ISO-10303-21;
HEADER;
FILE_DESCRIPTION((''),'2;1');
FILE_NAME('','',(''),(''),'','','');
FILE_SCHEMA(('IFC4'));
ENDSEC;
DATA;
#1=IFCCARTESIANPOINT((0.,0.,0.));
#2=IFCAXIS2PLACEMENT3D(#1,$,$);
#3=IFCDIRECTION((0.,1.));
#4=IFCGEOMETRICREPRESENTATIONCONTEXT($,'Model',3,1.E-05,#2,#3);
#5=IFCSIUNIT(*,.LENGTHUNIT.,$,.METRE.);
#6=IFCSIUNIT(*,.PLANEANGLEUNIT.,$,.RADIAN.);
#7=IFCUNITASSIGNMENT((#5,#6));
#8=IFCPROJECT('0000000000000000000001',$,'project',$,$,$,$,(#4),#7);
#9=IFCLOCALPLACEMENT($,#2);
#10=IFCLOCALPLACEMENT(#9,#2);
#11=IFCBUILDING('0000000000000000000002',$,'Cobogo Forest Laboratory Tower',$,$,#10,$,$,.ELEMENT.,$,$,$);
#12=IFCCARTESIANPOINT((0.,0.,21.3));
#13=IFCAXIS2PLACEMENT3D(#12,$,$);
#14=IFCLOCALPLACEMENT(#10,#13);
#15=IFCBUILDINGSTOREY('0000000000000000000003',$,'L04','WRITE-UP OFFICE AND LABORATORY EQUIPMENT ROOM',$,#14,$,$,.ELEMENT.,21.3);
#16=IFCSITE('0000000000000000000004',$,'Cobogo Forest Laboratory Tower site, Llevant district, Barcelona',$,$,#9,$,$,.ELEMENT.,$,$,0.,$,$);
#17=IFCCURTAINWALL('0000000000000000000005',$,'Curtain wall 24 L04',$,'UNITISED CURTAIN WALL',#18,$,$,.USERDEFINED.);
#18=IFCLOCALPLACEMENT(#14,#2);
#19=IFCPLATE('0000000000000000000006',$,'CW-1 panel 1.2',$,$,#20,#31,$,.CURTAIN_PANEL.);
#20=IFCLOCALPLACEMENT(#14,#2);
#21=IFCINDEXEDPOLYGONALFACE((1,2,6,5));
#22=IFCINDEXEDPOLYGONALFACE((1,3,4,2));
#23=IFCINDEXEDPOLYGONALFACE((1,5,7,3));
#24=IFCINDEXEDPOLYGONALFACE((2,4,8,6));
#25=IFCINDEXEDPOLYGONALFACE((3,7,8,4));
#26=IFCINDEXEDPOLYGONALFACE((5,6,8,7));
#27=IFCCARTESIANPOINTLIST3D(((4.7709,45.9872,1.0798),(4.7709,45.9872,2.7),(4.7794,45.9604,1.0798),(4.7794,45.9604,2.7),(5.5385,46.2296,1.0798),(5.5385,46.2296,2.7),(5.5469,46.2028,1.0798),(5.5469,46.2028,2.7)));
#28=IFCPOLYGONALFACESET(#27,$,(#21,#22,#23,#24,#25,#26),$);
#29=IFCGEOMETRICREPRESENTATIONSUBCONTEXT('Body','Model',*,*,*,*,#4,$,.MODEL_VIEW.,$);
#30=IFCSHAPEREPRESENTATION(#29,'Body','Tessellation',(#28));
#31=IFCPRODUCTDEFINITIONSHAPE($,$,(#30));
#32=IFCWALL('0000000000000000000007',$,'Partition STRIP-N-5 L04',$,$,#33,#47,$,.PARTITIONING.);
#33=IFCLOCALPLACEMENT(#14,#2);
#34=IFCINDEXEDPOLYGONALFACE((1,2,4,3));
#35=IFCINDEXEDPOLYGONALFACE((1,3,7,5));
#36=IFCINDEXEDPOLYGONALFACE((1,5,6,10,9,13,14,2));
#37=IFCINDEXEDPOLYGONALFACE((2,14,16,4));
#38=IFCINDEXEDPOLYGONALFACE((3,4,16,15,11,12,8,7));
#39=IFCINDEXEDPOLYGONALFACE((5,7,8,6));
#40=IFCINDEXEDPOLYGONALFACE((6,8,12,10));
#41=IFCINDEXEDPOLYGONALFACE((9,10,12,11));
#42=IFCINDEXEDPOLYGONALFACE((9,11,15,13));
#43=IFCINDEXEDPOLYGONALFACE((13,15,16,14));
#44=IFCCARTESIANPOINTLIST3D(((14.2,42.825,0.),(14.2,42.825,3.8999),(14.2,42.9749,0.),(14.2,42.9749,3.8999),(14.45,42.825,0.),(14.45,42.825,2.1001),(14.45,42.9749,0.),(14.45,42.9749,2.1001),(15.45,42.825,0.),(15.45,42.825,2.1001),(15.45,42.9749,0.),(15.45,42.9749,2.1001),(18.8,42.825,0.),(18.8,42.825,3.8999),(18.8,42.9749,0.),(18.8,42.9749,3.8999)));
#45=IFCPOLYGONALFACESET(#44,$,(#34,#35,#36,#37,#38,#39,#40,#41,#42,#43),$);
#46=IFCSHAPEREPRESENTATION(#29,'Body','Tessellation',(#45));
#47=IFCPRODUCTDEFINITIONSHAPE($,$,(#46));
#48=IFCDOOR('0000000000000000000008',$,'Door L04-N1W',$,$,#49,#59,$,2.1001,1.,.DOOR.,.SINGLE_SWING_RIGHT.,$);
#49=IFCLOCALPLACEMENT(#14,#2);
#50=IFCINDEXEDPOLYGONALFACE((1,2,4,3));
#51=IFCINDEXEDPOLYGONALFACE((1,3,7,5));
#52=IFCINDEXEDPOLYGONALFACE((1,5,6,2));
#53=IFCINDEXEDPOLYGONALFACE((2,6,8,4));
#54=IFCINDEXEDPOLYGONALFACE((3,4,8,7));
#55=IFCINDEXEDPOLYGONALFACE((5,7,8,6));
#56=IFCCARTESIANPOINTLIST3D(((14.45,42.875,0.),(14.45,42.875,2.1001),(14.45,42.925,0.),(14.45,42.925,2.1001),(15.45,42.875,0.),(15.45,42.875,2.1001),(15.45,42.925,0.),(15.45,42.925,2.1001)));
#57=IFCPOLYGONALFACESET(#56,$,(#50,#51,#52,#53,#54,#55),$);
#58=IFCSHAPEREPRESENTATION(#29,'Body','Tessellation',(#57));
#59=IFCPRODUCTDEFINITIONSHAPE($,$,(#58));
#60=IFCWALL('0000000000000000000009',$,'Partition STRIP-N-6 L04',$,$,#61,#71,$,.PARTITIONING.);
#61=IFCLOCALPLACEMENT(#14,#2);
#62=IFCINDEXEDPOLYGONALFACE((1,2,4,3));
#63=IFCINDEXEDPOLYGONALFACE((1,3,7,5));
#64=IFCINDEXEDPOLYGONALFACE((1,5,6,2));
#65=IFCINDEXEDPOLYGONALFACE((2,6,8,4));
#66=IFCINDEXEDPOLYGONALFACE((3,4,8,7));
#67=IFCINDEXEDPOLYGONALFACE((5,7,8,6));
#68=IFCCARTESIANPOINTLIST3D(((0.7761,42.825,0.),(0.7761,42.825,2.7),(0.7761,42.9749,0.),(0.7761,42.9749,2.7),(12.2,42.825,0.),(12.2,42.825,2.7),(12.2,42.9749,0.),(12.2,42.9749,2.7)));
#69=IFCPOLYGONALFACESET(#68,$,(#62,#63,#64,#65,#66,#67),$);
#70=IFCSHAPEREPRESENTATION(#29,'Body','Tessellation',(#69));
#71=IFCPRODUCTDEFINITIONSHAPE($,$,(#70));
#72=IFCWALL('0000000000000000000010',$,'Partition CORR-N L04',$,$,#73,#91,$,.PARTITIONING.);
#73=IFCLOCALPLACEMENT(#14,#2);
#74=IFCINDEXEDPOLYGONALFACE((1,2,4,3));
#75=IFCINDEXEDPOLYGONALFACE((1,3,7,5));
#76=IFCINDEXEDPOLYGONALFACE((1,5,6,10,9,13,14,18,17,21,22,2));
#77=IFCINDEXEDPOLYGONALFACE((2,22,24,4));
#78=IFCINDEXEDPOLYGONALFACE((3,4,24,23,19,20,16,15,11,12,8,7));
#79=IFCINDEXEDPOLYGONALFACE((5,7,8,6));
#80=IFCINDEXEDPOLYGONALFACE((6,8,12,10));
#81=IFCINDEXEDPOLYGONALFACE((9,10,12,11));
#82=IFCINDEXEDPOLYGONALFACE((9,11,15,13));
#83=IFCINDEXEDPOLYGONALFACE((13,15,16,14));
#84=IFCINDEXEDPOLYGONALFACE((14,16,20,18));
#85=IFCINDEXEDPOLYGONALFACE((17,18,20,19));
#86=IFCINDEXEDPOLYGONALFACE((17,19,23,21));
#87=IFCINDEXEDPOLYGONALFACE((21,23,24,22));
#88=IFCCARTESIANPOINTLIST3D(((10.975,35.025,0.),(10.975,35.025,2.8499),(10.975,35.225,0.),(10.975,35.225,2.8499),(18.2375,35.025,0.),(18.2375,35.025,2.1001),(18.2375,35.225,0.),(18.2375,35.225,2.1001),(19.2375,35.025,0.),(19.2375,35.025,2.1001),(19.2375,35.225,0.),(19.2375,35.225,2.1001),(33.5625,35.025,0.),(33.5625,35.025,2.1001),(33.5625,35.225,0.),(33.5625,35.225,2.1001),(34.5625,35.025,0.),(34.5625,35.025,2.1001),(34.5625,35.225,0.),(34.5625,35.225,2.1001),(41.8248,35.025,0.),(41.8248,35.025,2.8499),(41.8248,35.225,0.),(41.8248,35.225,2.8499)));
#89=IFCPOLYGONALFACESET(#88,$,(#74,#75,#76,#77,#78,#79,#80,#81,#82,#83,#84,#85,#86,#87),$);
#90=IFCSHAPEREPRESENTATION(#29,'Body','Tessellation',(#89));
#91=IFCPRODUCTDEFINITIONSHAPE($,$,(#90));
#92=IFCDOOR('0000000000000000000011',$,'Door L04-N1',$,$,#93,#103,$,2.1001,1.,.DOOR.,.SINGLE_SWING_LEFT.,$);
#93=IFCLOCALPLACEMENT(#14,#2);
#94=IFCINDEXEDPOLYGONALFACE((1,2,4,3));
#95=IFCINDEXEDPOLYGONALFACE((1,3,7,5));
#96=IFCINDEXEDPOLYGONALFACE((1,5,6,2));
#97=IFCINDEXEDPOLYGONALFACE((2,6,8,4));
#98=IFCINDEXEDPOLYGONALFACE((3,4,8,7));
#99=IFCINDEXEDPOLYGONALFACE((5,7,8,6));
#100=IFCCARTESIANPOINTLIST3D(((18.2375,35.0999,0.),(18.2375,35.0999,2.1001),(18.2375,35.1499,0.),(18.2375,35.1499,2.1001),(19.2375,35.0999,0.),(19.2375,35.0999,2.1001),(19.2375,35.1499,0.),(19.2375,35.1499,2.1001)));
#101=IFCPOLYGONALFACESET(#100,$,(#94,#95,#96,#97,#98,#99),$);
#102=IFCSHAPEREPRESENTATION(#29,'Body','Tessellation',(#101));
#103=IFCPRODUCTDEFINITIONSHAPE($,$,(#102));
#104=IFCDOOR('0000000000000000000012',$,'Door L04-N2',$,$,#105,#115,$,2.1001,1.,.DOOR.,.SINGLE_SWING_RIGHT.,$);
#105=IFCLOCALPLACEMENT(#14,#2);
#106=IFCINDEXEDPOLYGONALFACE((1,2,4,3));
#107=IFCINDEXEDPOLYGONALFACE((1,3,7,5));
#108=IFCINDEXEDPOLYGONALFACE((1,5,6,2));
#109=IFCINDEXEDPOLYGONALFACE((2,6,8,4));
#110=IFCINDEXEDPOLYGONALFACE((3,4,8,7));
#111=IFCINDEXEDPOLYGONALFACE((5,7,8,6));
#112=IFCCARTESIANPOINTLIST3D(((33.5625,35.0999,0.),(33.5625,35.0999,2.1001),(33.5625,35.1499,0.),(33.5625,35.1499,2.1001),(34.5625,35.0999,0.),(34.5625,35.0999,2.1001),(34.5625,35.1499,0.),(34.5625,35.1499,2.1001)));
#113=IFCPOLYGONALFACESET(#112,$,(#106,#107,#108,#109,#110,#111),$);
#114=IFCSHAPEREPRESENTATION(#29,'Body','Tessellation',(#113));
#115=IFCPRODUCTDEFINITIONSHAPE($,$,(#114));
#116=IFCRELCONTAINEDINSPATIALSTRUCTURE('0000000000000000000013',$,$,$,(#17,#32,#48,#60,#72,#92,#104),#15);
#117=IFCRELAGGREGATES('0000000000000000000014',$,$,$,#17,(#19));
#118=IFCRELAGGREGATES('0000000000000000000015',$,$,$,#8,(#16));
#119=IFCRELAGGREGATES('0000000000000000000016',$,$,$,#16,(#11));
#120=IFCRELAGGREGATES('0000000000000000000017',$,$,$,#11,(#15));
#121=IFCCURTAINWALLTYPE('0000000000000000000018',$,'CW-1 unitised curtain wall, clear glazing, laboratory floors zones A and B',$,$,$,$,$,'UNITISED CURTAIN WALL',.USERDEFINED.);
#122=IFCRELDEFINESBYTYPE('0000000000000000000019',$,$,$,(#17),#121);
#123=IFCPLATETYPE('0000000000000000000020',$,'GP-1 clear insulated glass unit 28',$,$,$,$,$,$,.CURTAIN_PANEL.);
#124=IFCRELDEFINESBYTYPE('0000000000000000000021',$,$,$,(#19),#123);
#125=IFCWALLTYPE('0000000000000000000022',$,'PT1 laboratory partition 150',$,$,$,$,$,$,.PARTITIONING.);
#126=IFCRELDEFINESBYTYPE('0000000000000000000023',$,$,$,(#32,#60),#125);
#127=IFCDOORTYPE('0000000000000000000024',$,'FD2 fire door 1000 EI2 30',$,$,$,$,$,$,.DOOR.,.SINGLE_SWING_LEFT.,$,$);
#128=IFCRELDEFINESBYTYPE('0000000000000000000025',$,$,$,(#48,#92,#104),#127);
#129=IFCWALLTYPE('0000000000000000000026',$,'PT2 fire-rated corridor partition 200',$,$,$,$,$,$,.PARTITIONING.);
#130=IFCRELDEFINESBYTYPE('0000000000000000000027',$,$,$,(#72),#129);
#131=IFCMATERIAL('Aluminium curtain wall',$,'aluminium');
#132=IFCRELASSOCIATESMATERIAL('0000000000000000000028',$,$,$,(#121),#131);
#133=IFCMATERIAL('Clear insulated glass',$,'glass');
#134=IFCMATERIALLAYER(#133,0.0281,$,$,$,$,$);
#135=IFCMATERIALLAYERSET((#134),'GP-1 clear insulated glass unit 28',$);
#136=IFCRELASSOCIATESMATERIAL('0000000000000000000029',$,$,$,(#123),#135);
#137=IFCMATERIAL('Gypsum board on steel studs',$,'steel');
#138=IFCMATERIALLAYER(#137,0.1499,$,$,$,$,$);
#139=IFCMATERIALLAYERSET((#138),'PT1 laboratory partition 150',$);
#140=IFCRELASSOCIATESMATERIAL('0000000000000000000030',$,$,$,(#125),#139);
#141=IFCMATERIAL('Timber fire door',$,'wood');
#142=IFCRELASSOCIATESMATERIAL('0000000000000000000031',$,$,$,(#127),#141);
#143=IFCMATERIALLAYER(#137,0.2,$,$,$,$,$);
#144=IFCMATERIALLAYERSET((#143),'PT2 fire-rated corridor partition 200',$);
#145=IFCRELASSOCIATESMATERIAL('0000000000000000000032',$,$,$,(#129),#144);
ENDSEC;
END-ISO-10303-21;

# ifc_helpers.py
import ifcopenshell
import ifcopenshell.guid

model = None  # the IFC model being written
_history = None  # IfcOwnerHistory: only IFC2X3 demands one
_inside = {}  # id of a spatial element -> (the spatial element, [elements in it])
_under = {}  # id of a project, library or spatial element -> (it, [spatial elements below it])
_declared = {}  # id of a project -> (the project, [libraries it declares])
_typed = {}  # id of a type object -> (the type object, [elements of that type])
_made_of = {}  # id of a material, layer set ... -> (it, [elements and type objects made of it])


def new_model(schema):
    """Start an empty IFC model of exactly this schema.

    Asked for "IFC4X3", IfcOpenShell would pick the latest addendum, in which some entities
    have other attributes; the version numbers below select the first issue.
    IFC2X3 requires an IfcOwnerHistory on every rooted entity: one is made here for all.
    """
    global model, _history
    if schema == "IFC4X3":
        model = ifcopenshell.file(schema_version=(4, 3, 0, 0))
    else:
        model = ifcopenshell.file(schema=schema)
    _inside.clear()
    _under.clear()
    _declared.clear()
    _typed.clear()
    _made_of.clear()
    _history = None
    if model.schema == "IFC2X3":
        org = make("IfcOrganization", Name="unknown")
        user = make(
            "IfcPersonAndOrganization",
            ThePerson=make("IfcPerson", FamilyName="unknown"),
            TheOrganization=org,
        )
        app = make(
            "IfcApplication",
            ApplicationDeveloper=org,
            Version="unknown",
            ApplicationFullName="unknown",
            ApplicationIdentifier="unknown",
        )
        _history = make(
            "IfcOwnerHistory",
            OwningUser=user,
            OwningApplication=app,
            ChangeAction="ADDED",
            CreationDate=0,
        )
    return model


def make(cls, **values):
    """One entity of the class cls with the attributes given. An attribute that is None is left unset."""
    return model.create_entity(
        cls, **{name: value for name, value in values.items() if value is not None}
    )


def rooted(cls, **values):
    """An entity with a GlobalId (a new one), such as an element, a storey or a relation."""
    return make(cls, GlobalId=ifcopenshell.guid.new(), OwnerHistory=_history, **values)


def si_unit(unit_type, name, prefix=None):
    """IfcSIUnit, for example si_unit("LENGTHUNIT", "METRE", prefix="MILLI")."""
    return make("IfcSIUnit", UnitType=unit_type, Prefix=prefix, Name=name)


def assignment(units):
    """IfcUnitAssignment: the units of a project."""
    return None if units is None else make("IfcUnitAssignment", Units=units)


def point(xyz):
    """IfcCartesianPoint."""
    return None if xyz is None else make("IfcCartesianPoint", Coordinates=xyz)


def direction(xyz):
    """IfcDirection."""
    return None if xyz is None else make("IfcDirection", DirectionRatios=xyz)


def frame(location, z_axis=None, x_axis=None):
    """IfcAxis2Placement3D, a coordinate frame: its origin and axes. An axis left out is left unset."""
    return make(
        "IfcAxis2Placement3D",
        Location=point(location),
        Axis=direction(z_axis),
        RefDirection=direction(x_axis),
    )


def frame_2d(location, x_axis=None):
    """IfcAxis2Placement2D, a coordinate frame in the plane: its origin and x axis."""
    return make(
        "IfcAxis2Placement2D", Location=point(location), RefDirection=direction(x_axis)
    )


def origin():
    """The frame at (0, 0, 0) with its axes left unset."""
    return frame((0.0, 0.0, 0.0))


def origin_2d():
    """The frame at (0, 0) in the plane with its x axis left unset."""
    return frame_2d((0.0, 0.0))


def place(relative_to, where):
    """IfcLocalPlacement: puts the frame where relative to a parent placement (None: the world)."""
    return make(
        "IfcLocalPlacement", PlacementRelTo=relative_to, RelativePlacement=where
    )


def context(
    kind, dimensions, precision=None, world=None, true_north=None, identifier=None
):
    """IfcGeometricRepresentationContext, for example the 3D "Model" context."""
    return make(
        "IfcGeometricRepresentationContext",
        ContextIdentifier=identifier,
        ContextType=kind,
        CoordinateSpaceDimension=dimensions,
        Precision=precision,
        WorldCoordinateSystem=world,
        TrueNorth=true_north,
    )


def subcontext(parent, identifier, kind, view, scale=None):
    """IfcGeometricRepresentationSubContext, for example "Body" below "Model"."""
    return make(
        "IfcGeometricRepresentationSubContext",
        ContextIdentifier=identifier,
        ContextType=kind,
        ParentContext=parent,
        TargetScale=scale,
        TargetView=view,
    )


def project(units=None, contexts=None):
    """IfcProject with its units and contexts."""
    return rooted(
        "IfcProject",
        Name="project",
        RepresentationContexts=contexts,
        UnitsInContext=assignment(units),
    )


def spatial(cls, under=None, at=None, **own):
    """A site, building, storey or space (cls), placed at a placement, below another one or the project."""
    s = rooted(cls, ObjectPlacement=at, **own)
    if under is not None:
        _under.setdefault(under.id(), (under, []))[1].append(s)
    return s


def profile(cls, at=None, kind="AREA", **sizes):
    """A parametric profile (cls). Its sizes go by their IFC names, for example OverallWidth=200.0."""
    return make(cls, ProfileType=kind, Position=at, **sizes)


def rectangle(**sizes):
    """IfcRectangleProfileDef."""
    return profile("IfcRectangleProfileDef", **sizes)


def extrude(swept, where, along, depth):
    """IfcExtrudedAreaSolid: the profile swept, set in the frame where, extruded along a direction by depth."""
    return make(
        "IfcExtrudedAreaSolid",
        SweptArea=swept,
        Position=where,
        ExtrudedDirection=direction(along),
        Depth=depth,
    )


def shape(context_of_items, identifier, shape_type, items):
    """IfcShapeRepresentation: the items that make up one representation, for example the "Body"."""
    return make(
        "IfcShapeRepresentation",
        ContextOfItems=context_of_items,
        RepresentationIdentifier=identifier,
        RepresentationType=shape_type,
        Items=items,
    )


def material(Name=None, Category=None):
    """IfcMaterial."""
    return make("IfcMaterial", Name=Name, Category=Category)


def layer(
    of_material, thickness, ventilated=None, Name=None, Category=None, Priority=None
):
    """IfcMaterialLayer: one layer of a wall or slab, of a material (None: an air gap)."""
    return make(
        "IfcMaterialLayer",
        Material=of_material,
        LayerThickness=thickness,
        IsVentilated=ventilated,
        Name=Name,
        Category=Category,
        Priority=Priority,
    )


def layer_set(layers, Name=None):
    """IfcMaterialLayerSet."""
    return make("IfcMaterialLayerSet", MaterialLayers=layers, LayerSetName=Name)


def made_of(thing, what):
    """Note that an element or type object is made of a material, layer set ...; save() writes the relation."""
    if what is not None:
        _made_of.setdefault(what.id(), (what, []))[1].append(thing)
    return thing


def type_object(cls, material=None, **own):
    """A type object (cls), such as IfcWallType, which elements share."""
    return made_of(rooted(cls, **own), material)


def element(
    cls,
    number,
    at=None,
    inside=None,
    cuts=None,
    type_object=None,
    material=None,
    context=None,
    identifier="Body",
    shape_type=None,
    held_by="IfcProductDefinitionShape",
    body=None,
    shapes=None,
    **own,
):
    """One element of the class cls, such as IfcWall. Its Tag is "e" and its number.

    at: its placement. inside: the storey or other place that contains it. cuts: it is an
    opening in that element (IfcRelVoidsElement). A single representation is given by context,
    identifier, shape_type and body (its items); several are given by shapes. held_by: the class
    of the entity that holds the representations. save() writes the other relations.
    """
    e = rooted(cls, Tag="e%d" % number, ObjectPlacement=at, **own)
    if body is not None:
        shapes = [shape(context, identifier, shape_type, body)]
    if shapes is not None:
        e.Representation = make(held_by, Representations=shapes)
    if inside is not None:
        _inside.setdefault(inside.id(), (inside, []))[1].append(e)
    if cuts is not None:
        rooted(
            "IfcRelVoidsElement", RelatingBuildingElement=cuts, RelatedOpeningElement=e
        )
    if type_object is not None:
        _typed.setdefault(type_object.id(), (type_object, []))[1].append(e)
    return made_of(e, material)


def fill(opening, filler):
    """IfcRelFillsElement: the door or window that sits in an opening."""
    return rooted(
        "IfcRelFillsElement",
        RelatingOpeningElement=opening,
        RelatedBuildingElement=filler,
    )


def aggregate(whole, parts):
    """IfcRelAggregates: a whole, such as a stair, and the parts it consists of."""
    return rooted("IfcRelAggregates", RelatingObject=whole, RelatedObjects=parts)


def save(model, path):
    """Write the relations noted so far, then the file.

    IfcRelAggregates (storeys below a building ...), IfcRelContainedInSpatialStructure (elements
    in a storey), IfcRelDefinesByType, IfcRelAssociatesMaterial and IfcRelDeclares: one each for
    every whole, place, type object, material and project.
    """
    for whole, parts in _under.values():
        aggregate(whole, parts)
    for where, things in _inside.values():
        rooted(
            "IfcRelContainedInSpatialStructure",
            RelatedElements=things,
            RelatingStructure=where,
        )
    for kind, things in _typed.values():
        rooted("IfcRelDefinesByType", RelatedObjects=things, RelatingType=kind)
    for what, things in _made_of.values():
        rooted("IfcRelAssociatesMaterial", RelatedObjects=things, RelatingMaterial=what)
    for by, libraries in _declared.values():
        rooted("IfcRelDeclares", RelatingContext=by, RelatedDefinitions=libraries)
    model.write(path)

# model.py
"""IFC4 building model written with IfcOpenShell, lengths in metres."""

from ifc_helpers import new_model, si_unit, direction, frame, frame_2d, origin, origin_2d, place, context, subcontext, project, spatial, rectangle, extrude, material, layer, layer_set, type_object, element, fill, aggregate, save


model = new_model("IFC4")

# Units and contexts
model_context = context("Model", 3, precision=1e-05, world=origin(), true_north=direction((0.0, 1.0)))
body_context = subcontext(model_context, "Body", "Model", "MODEL_VIEW")
ifc_project = project(units=[si_unit("LENGTHUNIT", "METRE"), si_unit("PLANEANGLEUNIT", "RADIAN")], contexts=[model_context])

# Site, building, storey
site_placement = place(None, origin())
site = spatial("IfcSite", under=ifc_project, at=site_placement, Name="Cobogo Forest Laboratory Tower site, Llevant district, Barcelona", CompositionType="ELEMENT", RefElevation=0.0)
building_placement = place(site_placement, origin())
building = spatial("IfcBuilding", under=site, at=building_placement, Name="Cobogo Forest Laboratory Tower", CompositionType="ELEMENT")
storey_placement = place(building_placement, frame((0.0, 0.0, 21.3)))
storey = spatial("IfcBuildingStorey", under=building, at=storey_placement, Name="L04", Description="WRITE-UP OFFICE AND LABORATORY EQUIPMENT ROOM", CompositionType="ELEMENT", Elevation=21.3)

# Curtain wall
ifc_material_1 = material(Name="Aluminium curtain wall", Category="aluminium")
curtain_wall_type = type_object("IfcCurtainWallType", Name="CW-1 unitised curtain wall, clear glazing, laboratory floors zones A and B", ElementType="UNITISED CURTAIN WALL", PredefinedType="USERDEFINED", material=ifc_material_1)
curtain_wall_placement = place(storey_placement, origin())
curtain_wall = element("IfcCurtainWall", 1, at=curtain_wall_placement, inside=storey, type_object=curtain_wall_type, Name="Curtain wall 24 L04", ObjectType="UNITISED CURTAIN WALL", PredefinedType="USERDEFINED")

# Plate
ifc_material_2 = material(Name="Clear insulated glass", Category="glass")
ifc_layer_1 = layer(ifc_material_2, 0.0281)
ifc_layer_set_1 = layer_set([ifc_layer_1], Name="GP-1 clear insulated glass unit 28")
plate_type = type_object("IfcPlateType", Name="GP-1 clear insulated glass unit 28", PredefinedType="CURTAIN_PANEL", material=ifc_layer_set_1)
plate_1_placement = place(storey_placement, frame((5.1589, 46.095, 1.0798), z_axis=(0.0, 0.0, 1.0), x_axis=(-0.953581, -0.301135, 0.0)))
plate_1 = element("IfcPlate", 2, at=plate_1_placement, type_object=plate_type, Name="CW-1 panel 1.2", PredefinedType="CURTAIN_PANEL", context=body_context, shape_type="SweptSolid", body=[
    extrude(rectangle(XDim=0.8049, YDim=0.0281, at=origin_2d()), origin(), (0.0, 0.0, 1.0), 1.6201),
])
aggregate(curtain_wall, [plate_1])

# Wall, opening, door
ifc_material_3 = material(Name="Gypsum board on steel studs", Category="steel")
ifc_layer_2 = layer(ifc_material_3, 0.1499)
ifc_layer_set_2 = layer_set([ifc_layer_2], Name="PT1 laboratory partition 150")
wall_type_1 = type_object("IfcWallType", Name="PT1 laboratory partition 150", PredefinedType="PARTITIONING", material=ifc_layer_set_2)
wall_1_placement = place(storey_placement, frame((18.8, 42.8999, 0.0), z_axis=(0.0, 0.0, 1.0), x_axis=(-1.0, 0.0, 0.0)))
wall_1 = element("IfcWall", 3, at=wall_1_placement, inside=storey, type_object=wall_type_1, Name="Partition STRIP-N-5 L04", PredefinedType="PARTITIONING", context=body_context, shape_type="SweptSolid", body=[
    extrude(rectangle(XDim=4.6001, YDim=0.1499, at=frame_2d((2.3, 0.0))), origin(), (0.0, 0.0, 1.0), 3.8999),
])
opening_1_placement = place(wall_1_placement, frame((3.3501, 0.0, 0.0)))
opening_1 = element("IfcOpeningElement", 4, at=opening_1_placement, cuts=wall_1, PredefinedType="OPENING", context=body_context, shape_type="SweptSolid", body=[
    extrude(rectangle(XDim=1.0, YDim=2.1001, at=frame_2d((0.5, 1.05))), frame((0.0, 0.085, 0.0), z_axis=(0.0, -1.0, 0.0), x_axis=(1.0, 0.0, 0.0)), (0.0, 0.0, 1.0), 0.1699),
])
ifc_material_4 = material(Name="Timber fire door", Category="wood")
door_type = type_object("IfcDoorType", Name="FD2 fire door 1000 EI2 30", OperationType="SINGLE_SWING_LEFT", PredefinedType="DOOR", material=ifc_material_4)
door_1_placement = place(opening_1_placement, origin())
door_1 = element("IfcDoor", 5, at=door_1_placement, inside=storey, type_object=door_type, Name="Door L04-N1W", OperationType="SINGLE_SWING_RIGHT", OverallHeight=2.1001, OverallWidth=1.0, PredefinedType="DOOR", context=body_context, shape_type="SweptSolid", body=[
    extrude(rectangle(XDim=1.0, YDim=2.1001, at=frame_2d((0.5, 1.05))), frame((0.0, 0.0249, 0.0), z_axis=(0.0, -1.0, 0.0), x_axis=(1.0, 0.0, 0.0)), (0.0, 0.0, 1.0), 0.05),
])
fill(opening_1, door_1)

# Wall
wall_2_placement = place(storey_placement, frame((12.2, 42.8999, 0.0), z_axis=(0.0, 0.0, 1.0), x_axis=(-1.0, 0.0, 0.0)))
element("IfcWall", 6, at=wall_2_placement, inside=storey, type_object=wall_type_1, Name="Partition STRIP-N-6 L04", PredefinedType="PARTITIONING", context=body_context, shape_type="SweptSolid", body=[
    extrude(rectangle(XDim=11.4238, YDim=0.1499, at=frame_2d((5.7119, 0.0))), origin(), (0.0, 0.0, 1.0), 2.7),
])

# Wall, openings, doors
ifc_layer_3 = layer(ifc_material_3, 0.2)
ifc_layer_set_3 = layer_set([ifc_layer_3], Name="PT2 fire-rated corridor partition 200")
wall_type_2 = type_object("IfcWallType", Name="PT2 fire-rated corridor partition 200", PredefinedType="PARTITIONING", material=ifc_layer_set_3)
wall_3_placement = place(storey_placement, frame((10.9751, 35.125, 0.0), z_axis=(0.0, 0.0, 1.0), x_axis=(1.0, 0.0, 0.0)))
wall_3 = element("IfcWall", 7, at=wall_3_placement, inside=storey, type_object=wall_type_2, Name="Partition CORR-N L04", PredefinedType="PARTITIONING", context=body_context, shape_type="SweptSolid", body=[
    extrude(rectangle(XDim=30.8499, YDim=0.2, at=frame_2d((15.4248, 0.0))), origin(), (0.0, 0.0, 1.0), 2.8499),
])
opening_2_placement = place(wall_3_placement, frame((7.2625, 0.0, 0.0)))
opening_2 = element("IfcOpeningElement", 8, at=opening_2_placement, cuts=wall_3, PredefinedType="OPENING", context=body_context, shape_type="SweptSolid", body=[
    extrude(rectangle(XDim=1.0, YDim=2.1001, at=frame_2d((0.5, 1.05))), frame((0.0, 0.1099, 0.0), z_axis=(0.0, -1.0, 0.0), x_axis=(1.0, 0.0, 0.0)), (0.0, 0.0, 1.0), 0.22),
])
opening_3_placement = place(wall_3_placement, frame((22.5874, 0.0, 0.0)))
opening_3 = element("IfcOpeningElement", 9, at=opening_3_placement, cuts=wall_3, PredefinedType="OPENING", context=body_context, shape_type="SweptSolid", body=[
    extrude(rectangle(XDim=1.0, YDim=2.1001, at=frame_2d((0.5, 1.05))), frame((0.0, 0.1099, 0.0), z_axis=(0.0, -1.0, 0.0), x_axis=(1.0, 0.0, 0.0)), (0.0, 0.0, 1.0), 0.22),
])
door_2_placement = place(opening_2_placement, origin())
door_2 = element("IfcDoor", 10, at=door_2_placement, inside=storey, type_object=door_type, Name="Door L04-N1", OperationType="SINGLE_SWING_LEFT", OverallHeight=2.1001, OverallWidth=1.0, PredefinedType="DOOR", context=body_context, shape_type="SweptSolid", body=[
    extrude(rectangle(XDim=1.0, YDim=2.1001, at=frame_2d((0.5, 1.05))), frame((0.0, 0.0249, 0.0), z_axis=(0.0, -1.0, 0.0), x_axis=(1.0, 0.0, 0.0)), (0.0, 0.0, 1.0), 0.05),
])
fill(opening_2, door_2)
door_3_placement = place(opening_3_placement, origin())
door_3 = element("IfcDoor", 11, at=door_3_placement, inside=storey, type_object=door_type, Name="Door L04-N2", OperationType="SINGLE_SWING_RIGHT", OverallHeight=2.1001, OverallWidth=1.0, PredefinedType="DOOR", context=body_context, shape_type="SweptSolid", body=[
    extrude(rectangle(XDim=1.0, YDim=2.1001, at=frame_2d((0.5, 1.05))), frame((0.0, 0.0249, 0.0), z_axis=(0.0, -1.0, 0.0), x_axis=(1.0, 0.0, 0.0)), (0.0, 0.0, 1.0), 0.05),
])
fill(opening_3, door_3)

save(model, "model.ifc")
